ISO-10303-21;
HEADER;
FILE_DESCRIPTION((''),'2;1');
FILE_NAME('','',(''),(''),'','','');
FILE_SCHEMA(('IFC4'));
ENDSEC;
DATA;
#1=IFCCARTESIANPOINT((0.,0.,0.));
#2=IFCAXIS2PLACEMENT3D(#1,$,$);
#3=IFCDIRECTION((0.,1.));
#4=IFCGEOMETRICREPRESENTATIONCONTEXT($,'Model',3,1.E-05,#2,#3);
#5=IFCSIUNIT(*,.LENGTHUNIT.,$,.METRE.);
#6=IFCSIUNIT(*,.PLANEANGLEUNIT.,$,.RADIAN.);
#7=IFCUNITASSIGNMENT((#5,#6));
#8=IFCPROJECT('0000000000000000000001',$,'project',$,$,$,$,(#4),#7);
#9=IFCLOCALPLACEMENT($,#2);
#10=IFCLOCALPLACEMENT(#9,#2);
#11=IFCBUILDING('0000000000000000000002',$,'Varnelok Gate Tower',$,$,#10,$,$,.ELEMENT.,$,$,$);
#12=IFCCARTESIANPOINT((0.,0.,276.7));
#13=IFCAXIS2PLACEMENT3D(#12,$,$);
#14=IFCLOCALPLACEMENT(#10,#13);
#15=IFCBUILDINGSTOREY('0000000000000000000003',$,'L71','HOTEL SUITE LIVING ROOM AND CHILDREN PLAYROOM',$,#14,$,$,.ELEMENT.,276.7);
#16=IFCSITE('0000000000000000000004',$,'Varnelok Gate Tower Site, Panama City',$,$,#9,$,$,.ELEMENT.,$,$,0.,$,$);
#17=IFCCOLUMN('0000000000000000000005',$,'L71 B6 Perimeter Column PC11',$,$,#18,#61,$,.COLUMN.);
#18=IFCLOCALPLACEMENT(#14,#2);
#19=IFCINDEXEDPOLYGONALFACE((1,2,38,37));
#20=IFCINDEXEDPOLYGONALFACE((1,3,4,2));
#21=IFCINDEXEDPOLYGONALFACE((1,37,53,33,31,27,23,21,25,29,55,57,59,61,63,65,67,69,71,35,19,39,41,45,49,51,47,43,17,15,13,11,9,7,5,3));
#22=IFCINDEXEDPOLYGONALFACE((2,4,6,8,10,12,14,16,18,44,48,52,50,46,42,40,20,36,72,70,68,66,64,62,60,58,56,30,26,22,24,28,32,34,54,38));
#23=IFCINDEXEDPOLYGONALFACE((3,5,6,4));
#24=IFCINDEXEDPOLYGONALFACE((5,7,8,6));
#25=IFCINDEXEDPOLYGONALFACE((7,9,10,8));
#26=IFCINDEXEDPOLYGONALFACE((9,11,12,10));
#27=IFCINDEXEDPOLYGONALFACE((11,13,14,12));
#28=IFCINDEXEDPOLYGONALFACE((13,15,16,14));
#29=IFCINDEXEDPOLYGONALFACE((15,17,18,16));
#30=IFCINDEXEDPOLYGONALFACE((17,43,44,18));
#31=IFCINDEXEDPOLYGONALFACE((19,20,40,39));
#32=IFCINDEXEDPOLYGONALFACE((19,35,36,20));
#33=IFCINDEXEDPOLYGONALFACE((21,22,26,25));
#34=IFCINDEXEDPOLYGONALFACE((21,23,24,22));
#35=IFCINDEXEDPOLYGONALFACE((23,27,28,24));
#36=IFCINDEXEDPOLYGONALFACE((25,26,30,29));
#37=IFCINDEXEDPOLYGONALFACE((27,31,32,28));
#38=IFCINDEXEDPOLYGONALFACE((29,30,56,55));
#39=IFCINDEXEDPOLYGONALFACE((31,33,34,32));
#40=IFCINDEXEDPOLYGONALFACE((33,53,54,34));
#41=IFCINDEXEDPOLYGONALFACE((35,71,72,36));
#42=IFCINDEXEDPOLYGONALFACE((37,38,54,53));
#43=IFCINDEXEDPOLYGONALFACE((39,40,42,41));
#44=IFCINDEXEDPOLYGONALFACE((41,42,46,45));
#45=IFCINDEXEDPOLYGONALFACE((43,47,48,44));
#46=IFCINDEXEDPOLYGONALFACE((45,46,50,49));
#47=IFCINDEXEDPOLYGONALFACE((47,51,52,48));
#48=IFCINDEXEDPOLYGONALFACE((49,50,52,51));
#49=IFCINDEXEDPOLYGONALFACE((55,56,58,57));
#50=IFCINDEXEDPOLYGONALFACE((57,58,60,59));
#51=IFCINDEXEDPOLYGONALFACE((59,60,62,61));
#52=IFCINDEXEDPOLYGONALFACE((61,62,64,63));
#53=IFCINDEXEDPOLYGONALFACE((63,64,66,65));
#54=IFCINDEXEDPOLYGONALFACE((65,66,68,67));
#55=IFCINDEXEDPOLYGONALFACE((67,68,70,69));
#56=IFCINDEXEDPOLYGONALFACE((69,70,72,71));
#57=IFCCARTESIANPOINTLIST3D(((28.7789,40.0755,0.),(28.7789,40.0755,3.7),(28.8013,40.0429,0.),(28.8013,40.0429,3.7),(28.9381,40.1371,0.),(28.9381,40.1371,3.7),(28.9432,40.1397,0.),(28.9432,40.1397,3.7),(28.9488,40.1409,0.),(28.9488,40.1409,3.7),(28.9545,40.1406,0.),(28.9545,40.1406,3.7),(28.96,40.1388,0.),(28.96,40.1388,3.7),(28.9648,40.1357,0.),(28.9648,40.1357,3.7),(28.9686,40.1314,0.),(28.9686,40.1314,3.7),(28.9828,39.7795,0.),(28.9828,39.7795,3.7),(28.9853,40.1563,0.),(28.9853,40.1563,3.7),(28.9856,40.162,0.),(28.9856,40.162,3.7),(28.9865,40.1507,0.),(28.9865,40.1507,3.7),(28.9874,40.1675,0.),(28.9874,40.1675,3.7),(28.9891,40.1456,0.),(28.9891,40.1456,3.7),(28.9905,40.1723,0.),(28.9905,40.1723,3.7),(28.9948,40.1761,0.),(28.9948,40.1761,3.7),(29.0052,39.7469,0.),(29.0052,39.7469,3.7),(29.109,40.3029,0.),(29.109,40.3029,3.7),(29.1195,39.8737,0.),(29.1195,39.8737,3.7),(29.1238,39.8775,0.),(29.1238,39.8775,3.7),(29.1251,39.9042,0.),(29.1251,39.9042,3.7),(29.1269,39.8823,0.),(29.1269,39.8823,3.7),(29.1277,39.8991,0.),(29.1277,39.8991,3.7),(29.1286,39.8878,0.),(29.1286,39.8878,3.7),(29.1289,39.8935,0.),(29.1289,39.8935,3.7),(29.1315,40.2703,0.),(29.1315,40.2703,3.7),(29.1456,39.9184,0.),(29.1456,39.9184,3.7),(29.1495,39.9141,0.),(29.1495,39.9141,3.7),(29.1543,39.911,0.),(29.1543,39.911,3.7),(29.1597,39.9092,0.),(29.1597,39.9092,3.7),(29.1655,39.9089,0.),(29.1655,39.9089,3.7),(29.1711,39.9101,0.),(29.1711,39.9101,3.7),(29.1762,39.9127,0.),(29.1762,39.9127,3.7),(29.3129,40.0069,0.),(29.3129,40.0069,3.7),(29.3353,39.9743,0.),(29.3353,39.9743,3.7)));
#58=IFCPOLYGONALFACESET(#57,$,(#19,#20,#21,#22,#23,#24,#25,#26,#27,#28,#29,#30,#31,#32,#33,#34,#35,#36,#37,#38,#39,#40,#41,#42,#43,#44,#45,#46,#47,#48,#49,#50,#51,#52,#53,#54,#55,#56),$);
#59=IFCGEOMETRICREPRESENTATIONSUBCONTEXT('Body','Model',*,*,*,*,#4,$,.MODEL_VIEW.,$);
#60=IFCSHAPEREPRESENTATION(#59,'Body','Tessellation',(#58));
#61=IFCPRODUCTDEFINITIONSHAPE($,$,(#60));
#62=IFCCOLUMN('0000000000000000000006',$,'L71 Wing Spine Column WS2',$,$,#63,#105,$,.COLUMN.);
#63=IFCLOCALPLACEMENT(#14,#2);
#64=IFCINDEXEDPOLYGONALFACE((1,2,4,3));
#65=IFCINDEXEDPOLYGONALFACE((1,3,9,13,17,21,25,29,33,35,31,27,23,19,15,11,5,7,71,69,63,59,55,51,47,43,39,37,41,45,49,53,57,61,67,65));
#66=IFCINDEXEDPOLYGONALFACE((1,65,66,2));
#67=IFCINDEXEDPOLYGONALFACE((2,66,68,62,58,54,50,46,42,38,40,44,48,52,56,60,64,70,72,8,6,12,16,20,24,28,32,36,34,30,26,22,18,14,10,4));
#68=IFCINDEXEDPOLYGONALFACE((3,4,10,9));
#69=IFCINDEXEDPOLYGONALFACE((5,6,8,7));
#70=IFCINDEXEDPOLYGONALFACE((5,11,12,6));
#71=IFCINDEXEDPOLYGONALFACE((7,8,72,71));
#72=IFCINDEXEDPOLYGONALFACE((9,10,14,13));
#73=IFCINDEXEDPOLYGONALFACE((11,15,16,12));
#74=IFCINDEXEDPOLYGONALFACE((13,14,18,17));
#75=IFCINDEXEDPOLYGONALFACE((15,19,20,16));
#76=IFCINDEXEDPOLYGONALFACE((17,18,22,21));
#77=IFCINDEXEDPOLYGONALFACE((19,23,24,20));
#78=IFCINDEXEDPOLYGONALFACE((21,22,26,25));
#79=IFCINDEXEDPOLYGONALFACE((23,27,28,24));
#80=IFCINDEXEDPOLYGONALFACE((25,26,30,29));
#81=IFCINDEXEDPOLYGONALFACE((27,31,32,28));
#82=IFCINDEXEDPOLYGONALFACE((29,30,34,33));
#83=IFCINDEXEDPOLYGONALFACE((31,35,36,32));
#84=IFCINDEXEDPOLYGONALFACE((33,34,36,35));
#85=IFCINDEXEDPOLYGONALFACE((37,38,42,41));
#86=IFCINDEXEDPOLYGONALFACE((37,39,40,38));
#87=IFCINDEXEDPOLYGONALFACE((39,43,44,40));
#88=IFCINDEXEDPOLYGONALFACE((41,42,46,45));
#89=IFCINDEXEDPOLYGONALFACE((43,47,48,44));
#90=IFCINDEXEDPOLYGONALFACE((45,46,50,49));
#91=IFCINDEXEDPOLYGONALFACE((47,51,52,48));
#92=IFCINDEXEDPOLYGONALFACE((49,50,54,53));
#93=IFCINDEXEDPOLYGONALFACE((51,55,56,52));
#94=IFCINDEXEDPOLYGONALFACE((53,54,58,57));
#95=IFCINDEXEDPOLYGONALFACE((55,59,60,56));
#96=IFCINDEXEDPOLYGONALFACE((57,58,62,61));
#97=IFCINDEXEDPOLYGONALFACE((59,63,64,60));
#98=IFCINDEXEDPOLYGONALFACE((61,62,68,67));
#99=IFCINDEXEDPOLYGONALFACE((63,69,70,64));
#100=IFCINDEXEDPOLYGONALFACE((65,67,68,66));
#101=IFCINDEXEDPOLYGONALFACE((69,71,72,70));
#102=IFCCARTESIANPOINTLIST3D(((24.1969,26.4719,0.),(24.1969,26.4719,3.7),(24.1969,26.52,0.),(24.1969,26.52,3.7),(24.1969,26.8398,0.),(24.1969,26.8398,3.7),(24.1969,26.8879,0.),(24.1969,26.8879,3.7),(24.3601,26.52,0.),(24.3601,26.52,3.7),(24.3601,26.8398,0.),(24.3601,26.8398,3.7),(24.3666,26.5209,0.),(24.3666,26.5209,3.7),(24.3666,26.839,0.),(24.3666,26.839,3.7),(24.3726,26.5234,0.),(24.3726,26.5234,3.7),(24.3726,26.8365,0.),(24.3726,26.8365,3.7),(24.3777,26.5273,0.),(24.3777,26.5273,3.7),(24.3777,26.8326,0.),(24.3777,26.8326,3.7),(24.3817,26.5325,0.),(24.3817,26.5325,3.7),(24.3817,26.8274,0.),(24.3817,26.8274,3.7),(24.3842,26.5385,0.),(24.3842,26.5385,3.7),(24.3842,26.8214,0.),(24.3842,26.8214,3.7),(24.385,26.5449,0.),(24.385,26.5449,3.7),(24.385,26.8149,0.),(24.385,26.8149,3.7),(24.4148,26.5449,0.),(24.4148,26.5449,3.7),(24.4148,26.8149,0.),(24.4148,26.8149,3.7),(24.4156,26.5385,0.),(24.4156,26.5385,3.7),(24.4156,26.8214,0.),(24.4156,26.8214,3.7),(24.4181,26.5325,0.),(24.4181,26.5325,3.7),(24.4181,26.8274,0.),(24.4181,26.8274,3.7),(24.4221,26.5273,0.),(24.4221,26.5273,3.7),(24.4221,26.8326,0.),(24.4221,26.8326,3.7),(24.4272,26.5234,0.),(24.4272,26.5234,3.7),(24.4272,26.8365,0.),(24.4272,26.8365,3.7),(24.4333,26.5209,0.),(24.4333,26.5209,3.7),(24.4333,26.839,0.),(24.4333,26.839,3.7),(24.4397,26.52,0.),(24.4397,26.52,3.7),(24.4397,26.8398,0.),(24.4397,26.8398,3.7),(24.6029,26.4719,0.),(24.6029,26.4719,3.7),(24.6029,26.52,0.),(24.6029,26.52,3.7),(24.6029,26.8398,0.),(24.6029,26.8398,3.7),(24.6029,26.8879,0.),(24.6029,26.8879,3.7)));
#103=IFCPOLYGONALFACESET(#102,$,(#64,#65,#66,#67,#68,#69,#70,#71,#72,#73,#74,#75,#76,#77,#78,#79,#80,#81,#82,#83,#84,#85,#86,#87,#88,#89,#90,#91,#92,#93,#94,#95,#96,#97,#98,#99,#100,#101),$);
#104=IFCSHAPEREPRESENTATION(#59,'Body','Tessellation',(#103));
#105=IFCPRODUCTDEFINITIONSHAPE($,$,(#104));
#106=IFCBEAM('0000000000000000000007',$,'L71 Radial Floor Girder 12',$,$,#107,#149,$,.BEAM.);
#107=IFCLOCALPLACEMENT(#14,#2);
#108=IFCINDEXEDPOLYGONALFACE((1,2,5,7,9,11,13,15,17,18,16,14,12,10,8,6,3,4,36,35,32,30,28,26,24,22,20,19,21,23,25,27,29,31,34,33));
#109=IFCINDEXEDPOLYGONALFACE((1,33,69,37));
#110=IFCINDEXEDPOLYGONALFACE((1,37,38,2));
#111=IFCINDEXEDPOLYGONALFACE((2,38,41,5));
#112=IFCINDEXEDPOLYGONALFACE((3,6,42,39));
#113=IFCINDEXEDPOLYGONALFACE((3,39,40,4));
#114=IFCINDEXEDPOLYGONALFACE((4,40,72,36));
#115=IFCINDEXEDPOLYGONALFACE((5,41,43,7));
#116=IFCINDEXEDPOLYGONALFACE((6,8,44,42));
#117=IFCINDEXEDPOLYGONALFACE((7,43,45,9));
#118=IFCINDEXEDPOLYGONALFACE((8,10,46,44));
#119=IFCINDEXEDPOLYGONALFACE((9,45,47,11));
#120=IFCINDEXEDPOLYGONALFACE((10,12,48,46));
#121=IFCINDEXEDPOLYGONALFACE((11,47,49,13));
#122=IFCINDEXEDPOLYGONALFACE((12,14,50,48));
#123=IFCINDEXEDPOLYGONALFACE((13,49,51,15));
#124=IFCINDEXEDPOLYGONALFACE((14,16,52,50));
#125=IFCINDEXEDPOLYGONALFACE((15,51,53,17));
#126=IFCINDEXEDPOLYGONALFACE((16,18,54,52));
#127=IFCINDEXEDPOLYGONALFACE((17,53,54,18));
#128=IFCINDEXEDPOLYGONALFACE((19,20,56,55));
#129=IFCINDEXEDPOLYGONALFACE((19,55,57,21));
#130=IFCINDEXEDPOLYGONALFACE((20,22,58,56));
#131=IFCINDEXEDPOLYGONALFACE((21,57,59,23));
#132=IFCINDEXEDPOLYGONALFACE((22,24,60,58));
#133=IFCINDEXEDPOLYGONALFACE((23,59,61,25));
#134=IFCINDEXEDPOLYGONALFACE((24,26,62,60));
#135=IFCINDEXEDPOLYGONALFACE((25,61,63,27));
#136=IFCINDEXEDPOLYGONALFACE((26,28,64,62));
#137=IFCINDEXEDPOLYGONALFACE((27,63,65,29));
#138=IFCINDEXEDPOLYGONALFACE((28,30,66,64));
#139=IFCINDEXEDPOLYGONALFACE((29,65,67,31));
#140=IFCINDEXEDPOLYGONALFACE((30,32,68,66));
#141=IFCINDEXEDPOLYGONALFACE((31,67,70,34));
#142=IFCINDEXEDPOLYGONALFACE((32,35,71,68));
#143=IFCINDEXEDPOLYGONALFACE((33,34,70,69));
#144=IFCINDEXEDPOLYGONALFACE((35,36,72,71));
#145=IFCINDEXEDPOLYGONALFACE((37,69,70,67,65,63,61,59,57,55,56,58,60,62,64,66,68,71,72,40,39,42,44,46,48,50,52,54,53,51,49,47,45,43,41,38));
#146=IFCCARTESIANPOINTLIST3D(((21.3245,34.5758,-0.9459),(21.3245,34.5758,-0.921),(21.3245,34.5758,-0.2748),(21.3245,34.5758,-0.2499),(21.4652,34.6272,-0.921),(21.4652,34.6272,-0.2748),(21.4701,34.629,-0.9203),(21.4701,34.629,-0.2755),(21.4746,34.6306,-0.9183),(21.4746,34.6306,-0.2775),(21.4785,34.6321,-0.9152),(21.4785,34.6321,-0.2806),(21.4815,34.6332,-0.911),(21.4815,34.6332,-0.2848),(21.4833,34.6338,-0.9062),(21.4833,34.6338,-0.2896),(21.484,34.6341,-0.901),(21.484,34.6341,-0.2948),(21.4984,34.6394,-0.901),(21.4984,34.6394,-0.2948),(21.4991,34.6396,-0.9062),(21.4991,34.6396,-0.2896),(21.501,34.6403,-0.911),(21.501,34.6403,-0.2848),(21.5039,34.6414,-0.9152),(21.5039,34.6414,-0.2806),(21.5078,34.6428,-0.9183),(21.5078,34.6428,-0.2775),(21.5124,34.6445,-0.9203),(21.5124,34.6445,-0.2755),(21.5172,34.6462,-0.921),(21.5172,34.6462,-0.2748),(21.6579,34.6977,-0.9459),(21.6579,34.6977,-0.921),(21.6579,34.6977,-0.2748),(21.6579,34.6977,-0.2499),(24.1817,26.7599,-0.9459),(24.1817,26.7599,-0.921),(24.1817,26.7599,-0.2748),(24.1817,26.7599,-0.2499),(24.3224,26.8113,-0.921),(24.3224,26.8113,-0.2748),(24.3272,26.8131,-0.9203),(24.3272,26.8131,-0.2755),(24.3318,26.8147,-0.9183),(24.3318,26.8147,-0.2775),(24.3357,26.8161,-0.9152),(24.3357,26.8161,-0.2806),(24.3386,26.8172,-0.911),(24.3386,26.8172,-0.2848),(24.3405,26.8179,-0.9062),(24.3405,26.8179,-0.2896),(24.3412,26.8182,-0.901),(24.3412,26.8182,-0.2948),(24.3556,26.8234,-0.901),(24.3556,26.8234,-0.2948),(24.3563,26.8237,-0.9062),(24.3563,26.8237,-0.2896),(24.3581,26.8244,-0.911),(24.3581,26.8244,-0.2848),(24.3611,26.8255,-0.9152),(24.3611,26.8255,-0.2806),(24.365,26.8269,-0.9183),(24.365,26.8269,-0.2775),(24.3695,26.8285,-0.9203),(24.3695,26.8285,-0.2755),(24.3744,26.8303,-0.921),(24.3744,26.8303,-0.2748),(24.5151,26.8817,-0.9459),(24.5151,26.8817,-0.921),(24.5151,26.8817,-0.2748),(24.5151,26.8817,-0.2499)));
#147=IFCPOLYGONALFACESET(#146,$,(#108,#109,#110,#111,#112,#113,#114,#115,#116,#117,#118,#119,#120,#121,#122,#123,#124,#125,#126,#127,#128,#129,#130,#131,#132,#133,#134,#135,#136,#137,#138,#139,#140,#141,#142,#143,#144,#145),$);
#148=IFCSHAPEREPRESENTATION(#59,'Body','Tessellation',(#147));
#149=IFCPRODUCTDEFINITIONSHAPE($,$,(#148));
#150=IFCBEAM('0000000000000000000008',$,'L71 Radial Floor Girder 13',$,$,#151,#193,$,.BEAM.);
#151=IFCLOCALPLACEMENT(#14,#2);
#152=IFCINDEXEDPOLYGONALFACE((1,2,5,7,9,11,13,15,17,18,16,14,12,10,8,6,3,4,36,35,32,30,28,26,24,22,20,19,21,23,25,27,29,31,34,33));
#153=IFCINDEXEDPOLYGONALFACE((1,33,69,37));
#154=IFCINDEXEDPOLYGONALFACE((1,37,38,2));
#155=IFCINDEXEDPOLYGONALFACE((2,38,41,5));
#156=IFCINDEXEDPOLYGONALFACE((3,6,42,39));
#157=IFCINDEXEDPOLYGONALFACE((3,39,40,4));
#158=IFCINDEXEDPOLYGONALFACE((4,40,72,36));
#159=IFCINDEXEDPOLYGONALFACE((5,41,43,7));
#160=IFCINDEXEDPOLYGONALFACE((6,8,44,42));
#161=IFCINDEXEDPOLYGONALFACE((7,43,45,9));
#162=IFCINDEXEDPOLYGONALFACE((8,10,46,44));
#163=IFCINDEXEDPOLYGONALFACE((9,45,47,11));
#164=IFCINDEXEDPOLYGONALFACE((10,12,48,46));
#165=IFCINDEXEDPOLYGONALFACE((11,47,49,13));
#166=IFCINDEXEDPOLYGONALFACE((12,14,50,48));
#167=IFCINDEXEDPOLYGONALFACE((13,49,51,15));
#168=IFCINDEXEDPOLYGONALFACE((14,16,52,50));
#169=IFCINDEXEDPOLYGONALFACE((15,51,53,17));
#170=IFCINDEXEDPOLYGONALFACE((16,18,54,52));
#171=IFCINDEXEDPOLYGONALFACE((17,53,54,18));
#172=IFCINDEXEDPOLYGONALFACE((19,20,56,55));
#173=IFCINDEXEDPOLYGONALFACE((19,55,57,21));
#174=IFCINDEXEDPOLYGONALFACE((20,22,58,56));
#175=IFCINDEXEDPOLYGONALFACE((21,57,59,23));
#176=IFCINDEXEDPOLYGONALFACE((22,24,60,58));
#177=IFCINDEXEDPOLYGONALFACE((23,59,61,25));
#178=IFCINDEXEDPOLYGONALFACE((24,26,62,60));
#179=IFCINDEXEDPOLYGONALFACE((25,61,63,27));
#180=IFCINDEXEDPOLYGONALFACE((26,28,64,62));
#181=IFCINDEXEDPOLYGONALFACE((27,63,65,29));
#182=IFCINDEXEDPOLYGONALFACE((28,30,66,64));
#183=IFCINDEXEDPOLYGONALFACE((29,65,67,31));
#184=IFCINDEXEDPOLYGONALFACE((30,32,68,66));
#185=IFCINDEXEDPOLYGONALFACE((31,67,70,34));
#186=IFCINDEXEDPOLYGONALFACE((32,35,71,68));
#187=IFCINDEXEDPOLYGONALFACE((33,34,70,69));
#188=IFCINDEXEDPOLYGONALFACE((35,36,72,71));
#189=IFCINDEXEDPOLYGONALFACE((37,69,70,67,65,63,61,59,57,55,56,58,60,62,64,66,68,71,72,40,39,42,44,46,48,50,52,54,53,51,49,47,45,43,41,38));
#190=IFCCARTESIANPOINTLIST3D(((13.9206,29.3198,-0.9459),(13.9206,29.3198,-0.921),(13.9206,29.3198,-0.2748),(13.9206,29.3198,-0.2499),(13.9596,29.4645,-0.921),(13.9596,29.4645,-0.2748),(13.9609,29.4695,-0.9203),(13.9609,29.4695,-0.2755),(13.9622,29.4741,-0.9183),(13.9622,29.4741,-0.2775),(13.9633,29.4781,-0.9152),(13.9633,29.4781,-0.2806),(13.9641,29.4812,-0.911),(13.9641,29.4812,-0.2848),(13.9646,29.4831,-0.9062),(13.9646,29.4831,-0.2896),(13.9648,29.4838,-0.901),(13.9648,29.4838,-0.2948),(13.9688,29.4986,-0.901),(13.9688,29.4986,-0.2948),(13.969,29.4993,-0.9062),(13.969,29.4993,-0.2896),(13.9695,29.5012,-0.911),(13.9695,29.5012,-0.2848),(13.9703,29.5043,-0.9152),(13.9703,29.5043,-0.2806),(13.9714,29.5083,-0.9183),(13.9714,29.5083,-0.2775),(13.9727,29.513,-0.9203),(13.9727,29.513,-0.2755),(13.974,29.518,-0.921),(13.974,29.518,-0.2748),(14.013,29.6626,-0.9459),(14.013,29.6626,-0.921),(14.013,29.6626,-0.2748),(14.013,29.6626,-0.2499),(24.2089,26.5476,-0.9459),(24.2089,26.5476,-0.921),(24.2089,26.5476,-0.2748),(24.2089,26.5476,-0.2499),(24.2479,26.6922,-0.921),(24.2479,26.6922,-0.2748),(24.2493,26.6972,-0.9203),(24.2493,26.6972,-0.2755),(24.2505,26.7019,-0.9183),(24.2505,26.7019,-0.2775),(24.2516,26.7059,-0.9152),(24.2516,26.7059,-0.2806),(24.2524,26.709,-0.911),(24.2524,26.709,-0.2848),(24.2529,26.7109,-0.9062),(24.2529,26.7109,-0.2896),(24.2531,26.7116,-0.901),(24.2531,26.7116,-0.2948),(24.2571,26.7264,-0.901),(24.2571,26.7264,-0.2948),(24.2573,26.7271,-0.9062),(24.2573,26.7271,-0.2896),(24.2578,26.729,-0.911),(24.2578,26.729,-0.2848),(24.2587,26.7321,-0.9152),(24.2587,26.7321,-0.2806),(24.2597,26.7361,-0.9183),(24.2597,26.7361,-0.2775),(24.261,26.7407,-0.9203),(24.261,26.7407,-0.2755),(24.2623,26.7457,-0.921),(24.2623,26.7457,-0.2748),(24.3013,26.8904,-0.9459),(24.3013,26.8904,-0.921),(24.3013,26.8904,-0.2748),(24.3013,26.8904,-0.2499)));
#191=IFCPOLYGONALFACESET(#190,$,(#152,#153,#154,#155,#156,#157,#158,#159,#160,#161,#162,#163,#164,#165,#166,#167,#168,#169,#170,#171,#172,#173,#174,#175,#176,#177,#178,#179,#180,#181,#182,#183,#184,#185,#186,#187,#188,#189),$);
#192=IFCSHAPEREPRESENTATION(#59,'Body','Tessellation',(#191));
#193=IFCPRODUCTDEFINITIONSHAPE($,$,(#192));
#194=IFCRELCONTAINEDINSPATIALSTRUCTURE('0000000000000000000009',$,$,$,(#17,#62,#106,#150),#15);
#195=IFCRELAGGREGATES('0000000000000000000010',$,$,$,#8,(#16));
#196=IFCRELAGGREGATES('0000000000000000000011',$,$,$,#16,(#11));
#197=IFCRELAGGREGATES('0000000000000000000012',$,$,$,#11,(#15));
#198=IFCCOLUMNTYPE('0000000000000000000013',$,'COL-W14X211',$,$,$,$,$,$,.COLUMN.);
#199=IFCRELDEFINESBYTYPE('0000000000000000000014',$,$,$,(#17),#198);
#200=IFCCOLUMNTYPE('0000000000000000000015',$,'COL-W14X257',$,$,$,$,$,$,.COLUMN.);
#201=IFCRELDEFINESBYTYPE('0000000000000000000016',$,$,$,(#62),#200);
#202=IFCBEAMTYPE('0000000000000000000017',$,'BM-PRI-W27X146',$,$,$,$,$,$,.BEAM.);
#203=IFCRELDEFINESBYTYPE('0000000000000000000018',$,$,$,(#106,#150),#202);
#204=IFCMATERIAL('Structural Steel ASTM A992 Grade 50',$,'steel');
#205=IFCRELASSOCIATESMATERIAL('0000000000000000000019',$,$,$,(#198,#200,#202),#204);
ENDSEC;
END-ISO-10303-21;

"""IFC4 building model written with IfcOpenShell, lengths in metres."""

from ifc_helpers import new_model, si_unit, direction, frame, origin, origin_2d, place, context, subcontext, project, spatial, i_section, extrude, material, material_profile, profile_set, type_object, element, save


model = new_model("IFC4")

# Units and contexts
model_context = context("Model", 3, precision=1e-05, world=origin(), true_north=direction((0.0, 1.0)))
body_context = subcontext(model_context, "Body", "Model", "MODEL_VIEW")
ifc_project = project(units=[si_unit("LENGTHUNIT", "METRE"), si_unit("PLANEANGLEUNIT", "RADIAN")], contexts=[model_context])

# Site, building, storey
site_placement = place(None, origin())
site = spatial("IfcSite", under=ifc_project, at=site_placement, Name="Varnelok Gate Tower Site, Panama City", CompositionType="ELEMENT", RefElevation=0.0)
building_placement = place(site_placement, origin())
building = spatial("IfcBuilding", under=site, at=building_placement, Name="Varnelok Gate Tower", CompositionType="ELEMENT")
storey_placement = place(building_placement, frame((0.0, 0.0, 276.7)))
storey = spatial("IfcBuildingStorey", under=building, at=storey_placement, Name="L71", Description="HOTEL SUITE LIVING ROOM AND CHILDREN PLAYROOM", CompositionType="ELEMENT", Elevation=276.7)

# Columns
ifc_material_1 = material(Name="Structural Steel ASTM A992 Grade 50", Category="steel")
ifc_material_profile_1 = material_profile(ifc_material_1, i_section(OverallWidth=0.4009, OverallDepth=0.3989, WebThickness=0.0249, FlangeThickness=0.0396, FilletRadius=0.022, at=origin_2d()), Name="W14X211")
ifc_profile_set_1 = profile_set([ifc_material_profile_1], Name="Structural Steel ASTM A992 Grade 50")
column_type_1 = type_object("IfcColumnType", Name="COL-W14X211", PredefinedType="COLUMN", material=ifc_profile_set_1)
column_1_placement = place(storey_placement, frame((29.0571, 40.0249, 0.0), z_axis=(0.0, 0.0, 1.0), x_axis=(0.823533, 0.567269, 0.0)))
element("IfcColumn", 1, at=column_1_placement, inside=storey, type_object=column_type_1, Name="L71 B6 Perimeter Column PC11", PredefinedType="COLUMN", context=body_context, shape_type="SweptSolid", body=[
    extrude(i_section(OverallWidth=0.4009, OverallDepth=0.3989, WebThickness=0.0249, FlangeThickness=0.0396, FilletRadius=0.022, at=origin_2d()), origin(), (0.0, 0.0, 1.0), 3.7),
])
ifc_material_profile_2 = material_profile(ifc_material_1, i_section(OverallWidth=0.406, OverallDepth=0.416, WebThickness=0.0298, FlangeThickness=0.0481, FilletRadius=0.0249, at=origin_2d()), Name="W14X257")
ifc_profile_set_2 = profile_set([ifc_material_profile_2], Name="Structural Steel ASTM A992 Grade 50")
column_type_2 = type_object("IfcColumnType", Name="COL-W14X257", PredefinedType="COLUMN", material=ifc_profile_set_2)
column_2_placement = place(storey_placement, frame((24.3999, 26.6799, 0.0), z_axis=(0.0, 0.0, 1.0), x_axis=(1.0, 0.0, 0.0)))
element("IfcColumn", 2, at=column_2_placement, inside=storey, type_object=column_type_2, Name="L71 Wing Spine Column WS2", PredefinedType="COLUMN", context=body_context, shape_type="SweptSolid", body=[
    extrude(i_section(OverallWidth=0.406, OverallDepth=0.416, WebThickness=0.0298, FlangeThickness=0.0481, FilletRadius=0.0249, at=origin_2d()), origin(), (0.0, 0.0, 1.0), 3.7),
])

# Beams
ifc_material_profile_3 = material_profile(ifc_material_1, i_section(OverallWidth=0.355, OverallDepth=0.696, WebThickness=0.0154, FlangeThickness=0.0249, FilletRadius=0.02, at=origin_2d()), Name="W27X146")
ifc_profile_set_3 = profile_set([ifc_material_profile_3], Name="Structural Steel ASTM A992 Grade 50")
beam_type_1 = type_object("IfcBeamType", Name="BM-PRI-W27X146", PredefinedType="BEAM", material=ifc_profile_set_3)
beam_1_placement = place(storey_placement, frame((24.3484, 26.8208, -0.5979), z_axis=(-0.343337, 0.939212, 0.0), x_axis=(-0.939212, -0.343337, 0.0)))
element("IfcBeam", 3, at=beam_1_placement, inside=storey, type_object=beam_type_1, Name="L71 Radial Floor Girder 12", PredefinedType="BEAM", context=body_context, shape_type="SweptSolid", body=[
    extrude(i_section(OverallWidth=0.355, OverallDepth=0.696, WebThickness=0.0154, FlangeThickness=0.0249, FilletRadius=0.02, at=origin_2d()), origin(), (0.0, 0.0, 1.0), 8.3218),
])
beam_2_placement = place(storey_placement, frame((24.2551, 26.719, -0.5979), z_axis=(-0.965562, 0.260173, 0.0), x_axis=(-0.260173, -0.965562, 0.0)))
element("IfcBeam", 4, at=beam_2_placement, inside=storey, type_object=beam_type_1, Name="L71 Radial Floor Girder 13", PredefinedType="BEAM", context=body_context, shape_type="SweptSolid", body=[
    extrude(i_section(OverallWidth=0.355, OverallDepth=0.696, WebThickness=0.0154, FlangeThickness=0.0249, FilletRadius=0.02, at=origin_2d()), origin(), (0.0, 0.0, 1.0), 10.6553),
])

save(model, "model.ifc")
